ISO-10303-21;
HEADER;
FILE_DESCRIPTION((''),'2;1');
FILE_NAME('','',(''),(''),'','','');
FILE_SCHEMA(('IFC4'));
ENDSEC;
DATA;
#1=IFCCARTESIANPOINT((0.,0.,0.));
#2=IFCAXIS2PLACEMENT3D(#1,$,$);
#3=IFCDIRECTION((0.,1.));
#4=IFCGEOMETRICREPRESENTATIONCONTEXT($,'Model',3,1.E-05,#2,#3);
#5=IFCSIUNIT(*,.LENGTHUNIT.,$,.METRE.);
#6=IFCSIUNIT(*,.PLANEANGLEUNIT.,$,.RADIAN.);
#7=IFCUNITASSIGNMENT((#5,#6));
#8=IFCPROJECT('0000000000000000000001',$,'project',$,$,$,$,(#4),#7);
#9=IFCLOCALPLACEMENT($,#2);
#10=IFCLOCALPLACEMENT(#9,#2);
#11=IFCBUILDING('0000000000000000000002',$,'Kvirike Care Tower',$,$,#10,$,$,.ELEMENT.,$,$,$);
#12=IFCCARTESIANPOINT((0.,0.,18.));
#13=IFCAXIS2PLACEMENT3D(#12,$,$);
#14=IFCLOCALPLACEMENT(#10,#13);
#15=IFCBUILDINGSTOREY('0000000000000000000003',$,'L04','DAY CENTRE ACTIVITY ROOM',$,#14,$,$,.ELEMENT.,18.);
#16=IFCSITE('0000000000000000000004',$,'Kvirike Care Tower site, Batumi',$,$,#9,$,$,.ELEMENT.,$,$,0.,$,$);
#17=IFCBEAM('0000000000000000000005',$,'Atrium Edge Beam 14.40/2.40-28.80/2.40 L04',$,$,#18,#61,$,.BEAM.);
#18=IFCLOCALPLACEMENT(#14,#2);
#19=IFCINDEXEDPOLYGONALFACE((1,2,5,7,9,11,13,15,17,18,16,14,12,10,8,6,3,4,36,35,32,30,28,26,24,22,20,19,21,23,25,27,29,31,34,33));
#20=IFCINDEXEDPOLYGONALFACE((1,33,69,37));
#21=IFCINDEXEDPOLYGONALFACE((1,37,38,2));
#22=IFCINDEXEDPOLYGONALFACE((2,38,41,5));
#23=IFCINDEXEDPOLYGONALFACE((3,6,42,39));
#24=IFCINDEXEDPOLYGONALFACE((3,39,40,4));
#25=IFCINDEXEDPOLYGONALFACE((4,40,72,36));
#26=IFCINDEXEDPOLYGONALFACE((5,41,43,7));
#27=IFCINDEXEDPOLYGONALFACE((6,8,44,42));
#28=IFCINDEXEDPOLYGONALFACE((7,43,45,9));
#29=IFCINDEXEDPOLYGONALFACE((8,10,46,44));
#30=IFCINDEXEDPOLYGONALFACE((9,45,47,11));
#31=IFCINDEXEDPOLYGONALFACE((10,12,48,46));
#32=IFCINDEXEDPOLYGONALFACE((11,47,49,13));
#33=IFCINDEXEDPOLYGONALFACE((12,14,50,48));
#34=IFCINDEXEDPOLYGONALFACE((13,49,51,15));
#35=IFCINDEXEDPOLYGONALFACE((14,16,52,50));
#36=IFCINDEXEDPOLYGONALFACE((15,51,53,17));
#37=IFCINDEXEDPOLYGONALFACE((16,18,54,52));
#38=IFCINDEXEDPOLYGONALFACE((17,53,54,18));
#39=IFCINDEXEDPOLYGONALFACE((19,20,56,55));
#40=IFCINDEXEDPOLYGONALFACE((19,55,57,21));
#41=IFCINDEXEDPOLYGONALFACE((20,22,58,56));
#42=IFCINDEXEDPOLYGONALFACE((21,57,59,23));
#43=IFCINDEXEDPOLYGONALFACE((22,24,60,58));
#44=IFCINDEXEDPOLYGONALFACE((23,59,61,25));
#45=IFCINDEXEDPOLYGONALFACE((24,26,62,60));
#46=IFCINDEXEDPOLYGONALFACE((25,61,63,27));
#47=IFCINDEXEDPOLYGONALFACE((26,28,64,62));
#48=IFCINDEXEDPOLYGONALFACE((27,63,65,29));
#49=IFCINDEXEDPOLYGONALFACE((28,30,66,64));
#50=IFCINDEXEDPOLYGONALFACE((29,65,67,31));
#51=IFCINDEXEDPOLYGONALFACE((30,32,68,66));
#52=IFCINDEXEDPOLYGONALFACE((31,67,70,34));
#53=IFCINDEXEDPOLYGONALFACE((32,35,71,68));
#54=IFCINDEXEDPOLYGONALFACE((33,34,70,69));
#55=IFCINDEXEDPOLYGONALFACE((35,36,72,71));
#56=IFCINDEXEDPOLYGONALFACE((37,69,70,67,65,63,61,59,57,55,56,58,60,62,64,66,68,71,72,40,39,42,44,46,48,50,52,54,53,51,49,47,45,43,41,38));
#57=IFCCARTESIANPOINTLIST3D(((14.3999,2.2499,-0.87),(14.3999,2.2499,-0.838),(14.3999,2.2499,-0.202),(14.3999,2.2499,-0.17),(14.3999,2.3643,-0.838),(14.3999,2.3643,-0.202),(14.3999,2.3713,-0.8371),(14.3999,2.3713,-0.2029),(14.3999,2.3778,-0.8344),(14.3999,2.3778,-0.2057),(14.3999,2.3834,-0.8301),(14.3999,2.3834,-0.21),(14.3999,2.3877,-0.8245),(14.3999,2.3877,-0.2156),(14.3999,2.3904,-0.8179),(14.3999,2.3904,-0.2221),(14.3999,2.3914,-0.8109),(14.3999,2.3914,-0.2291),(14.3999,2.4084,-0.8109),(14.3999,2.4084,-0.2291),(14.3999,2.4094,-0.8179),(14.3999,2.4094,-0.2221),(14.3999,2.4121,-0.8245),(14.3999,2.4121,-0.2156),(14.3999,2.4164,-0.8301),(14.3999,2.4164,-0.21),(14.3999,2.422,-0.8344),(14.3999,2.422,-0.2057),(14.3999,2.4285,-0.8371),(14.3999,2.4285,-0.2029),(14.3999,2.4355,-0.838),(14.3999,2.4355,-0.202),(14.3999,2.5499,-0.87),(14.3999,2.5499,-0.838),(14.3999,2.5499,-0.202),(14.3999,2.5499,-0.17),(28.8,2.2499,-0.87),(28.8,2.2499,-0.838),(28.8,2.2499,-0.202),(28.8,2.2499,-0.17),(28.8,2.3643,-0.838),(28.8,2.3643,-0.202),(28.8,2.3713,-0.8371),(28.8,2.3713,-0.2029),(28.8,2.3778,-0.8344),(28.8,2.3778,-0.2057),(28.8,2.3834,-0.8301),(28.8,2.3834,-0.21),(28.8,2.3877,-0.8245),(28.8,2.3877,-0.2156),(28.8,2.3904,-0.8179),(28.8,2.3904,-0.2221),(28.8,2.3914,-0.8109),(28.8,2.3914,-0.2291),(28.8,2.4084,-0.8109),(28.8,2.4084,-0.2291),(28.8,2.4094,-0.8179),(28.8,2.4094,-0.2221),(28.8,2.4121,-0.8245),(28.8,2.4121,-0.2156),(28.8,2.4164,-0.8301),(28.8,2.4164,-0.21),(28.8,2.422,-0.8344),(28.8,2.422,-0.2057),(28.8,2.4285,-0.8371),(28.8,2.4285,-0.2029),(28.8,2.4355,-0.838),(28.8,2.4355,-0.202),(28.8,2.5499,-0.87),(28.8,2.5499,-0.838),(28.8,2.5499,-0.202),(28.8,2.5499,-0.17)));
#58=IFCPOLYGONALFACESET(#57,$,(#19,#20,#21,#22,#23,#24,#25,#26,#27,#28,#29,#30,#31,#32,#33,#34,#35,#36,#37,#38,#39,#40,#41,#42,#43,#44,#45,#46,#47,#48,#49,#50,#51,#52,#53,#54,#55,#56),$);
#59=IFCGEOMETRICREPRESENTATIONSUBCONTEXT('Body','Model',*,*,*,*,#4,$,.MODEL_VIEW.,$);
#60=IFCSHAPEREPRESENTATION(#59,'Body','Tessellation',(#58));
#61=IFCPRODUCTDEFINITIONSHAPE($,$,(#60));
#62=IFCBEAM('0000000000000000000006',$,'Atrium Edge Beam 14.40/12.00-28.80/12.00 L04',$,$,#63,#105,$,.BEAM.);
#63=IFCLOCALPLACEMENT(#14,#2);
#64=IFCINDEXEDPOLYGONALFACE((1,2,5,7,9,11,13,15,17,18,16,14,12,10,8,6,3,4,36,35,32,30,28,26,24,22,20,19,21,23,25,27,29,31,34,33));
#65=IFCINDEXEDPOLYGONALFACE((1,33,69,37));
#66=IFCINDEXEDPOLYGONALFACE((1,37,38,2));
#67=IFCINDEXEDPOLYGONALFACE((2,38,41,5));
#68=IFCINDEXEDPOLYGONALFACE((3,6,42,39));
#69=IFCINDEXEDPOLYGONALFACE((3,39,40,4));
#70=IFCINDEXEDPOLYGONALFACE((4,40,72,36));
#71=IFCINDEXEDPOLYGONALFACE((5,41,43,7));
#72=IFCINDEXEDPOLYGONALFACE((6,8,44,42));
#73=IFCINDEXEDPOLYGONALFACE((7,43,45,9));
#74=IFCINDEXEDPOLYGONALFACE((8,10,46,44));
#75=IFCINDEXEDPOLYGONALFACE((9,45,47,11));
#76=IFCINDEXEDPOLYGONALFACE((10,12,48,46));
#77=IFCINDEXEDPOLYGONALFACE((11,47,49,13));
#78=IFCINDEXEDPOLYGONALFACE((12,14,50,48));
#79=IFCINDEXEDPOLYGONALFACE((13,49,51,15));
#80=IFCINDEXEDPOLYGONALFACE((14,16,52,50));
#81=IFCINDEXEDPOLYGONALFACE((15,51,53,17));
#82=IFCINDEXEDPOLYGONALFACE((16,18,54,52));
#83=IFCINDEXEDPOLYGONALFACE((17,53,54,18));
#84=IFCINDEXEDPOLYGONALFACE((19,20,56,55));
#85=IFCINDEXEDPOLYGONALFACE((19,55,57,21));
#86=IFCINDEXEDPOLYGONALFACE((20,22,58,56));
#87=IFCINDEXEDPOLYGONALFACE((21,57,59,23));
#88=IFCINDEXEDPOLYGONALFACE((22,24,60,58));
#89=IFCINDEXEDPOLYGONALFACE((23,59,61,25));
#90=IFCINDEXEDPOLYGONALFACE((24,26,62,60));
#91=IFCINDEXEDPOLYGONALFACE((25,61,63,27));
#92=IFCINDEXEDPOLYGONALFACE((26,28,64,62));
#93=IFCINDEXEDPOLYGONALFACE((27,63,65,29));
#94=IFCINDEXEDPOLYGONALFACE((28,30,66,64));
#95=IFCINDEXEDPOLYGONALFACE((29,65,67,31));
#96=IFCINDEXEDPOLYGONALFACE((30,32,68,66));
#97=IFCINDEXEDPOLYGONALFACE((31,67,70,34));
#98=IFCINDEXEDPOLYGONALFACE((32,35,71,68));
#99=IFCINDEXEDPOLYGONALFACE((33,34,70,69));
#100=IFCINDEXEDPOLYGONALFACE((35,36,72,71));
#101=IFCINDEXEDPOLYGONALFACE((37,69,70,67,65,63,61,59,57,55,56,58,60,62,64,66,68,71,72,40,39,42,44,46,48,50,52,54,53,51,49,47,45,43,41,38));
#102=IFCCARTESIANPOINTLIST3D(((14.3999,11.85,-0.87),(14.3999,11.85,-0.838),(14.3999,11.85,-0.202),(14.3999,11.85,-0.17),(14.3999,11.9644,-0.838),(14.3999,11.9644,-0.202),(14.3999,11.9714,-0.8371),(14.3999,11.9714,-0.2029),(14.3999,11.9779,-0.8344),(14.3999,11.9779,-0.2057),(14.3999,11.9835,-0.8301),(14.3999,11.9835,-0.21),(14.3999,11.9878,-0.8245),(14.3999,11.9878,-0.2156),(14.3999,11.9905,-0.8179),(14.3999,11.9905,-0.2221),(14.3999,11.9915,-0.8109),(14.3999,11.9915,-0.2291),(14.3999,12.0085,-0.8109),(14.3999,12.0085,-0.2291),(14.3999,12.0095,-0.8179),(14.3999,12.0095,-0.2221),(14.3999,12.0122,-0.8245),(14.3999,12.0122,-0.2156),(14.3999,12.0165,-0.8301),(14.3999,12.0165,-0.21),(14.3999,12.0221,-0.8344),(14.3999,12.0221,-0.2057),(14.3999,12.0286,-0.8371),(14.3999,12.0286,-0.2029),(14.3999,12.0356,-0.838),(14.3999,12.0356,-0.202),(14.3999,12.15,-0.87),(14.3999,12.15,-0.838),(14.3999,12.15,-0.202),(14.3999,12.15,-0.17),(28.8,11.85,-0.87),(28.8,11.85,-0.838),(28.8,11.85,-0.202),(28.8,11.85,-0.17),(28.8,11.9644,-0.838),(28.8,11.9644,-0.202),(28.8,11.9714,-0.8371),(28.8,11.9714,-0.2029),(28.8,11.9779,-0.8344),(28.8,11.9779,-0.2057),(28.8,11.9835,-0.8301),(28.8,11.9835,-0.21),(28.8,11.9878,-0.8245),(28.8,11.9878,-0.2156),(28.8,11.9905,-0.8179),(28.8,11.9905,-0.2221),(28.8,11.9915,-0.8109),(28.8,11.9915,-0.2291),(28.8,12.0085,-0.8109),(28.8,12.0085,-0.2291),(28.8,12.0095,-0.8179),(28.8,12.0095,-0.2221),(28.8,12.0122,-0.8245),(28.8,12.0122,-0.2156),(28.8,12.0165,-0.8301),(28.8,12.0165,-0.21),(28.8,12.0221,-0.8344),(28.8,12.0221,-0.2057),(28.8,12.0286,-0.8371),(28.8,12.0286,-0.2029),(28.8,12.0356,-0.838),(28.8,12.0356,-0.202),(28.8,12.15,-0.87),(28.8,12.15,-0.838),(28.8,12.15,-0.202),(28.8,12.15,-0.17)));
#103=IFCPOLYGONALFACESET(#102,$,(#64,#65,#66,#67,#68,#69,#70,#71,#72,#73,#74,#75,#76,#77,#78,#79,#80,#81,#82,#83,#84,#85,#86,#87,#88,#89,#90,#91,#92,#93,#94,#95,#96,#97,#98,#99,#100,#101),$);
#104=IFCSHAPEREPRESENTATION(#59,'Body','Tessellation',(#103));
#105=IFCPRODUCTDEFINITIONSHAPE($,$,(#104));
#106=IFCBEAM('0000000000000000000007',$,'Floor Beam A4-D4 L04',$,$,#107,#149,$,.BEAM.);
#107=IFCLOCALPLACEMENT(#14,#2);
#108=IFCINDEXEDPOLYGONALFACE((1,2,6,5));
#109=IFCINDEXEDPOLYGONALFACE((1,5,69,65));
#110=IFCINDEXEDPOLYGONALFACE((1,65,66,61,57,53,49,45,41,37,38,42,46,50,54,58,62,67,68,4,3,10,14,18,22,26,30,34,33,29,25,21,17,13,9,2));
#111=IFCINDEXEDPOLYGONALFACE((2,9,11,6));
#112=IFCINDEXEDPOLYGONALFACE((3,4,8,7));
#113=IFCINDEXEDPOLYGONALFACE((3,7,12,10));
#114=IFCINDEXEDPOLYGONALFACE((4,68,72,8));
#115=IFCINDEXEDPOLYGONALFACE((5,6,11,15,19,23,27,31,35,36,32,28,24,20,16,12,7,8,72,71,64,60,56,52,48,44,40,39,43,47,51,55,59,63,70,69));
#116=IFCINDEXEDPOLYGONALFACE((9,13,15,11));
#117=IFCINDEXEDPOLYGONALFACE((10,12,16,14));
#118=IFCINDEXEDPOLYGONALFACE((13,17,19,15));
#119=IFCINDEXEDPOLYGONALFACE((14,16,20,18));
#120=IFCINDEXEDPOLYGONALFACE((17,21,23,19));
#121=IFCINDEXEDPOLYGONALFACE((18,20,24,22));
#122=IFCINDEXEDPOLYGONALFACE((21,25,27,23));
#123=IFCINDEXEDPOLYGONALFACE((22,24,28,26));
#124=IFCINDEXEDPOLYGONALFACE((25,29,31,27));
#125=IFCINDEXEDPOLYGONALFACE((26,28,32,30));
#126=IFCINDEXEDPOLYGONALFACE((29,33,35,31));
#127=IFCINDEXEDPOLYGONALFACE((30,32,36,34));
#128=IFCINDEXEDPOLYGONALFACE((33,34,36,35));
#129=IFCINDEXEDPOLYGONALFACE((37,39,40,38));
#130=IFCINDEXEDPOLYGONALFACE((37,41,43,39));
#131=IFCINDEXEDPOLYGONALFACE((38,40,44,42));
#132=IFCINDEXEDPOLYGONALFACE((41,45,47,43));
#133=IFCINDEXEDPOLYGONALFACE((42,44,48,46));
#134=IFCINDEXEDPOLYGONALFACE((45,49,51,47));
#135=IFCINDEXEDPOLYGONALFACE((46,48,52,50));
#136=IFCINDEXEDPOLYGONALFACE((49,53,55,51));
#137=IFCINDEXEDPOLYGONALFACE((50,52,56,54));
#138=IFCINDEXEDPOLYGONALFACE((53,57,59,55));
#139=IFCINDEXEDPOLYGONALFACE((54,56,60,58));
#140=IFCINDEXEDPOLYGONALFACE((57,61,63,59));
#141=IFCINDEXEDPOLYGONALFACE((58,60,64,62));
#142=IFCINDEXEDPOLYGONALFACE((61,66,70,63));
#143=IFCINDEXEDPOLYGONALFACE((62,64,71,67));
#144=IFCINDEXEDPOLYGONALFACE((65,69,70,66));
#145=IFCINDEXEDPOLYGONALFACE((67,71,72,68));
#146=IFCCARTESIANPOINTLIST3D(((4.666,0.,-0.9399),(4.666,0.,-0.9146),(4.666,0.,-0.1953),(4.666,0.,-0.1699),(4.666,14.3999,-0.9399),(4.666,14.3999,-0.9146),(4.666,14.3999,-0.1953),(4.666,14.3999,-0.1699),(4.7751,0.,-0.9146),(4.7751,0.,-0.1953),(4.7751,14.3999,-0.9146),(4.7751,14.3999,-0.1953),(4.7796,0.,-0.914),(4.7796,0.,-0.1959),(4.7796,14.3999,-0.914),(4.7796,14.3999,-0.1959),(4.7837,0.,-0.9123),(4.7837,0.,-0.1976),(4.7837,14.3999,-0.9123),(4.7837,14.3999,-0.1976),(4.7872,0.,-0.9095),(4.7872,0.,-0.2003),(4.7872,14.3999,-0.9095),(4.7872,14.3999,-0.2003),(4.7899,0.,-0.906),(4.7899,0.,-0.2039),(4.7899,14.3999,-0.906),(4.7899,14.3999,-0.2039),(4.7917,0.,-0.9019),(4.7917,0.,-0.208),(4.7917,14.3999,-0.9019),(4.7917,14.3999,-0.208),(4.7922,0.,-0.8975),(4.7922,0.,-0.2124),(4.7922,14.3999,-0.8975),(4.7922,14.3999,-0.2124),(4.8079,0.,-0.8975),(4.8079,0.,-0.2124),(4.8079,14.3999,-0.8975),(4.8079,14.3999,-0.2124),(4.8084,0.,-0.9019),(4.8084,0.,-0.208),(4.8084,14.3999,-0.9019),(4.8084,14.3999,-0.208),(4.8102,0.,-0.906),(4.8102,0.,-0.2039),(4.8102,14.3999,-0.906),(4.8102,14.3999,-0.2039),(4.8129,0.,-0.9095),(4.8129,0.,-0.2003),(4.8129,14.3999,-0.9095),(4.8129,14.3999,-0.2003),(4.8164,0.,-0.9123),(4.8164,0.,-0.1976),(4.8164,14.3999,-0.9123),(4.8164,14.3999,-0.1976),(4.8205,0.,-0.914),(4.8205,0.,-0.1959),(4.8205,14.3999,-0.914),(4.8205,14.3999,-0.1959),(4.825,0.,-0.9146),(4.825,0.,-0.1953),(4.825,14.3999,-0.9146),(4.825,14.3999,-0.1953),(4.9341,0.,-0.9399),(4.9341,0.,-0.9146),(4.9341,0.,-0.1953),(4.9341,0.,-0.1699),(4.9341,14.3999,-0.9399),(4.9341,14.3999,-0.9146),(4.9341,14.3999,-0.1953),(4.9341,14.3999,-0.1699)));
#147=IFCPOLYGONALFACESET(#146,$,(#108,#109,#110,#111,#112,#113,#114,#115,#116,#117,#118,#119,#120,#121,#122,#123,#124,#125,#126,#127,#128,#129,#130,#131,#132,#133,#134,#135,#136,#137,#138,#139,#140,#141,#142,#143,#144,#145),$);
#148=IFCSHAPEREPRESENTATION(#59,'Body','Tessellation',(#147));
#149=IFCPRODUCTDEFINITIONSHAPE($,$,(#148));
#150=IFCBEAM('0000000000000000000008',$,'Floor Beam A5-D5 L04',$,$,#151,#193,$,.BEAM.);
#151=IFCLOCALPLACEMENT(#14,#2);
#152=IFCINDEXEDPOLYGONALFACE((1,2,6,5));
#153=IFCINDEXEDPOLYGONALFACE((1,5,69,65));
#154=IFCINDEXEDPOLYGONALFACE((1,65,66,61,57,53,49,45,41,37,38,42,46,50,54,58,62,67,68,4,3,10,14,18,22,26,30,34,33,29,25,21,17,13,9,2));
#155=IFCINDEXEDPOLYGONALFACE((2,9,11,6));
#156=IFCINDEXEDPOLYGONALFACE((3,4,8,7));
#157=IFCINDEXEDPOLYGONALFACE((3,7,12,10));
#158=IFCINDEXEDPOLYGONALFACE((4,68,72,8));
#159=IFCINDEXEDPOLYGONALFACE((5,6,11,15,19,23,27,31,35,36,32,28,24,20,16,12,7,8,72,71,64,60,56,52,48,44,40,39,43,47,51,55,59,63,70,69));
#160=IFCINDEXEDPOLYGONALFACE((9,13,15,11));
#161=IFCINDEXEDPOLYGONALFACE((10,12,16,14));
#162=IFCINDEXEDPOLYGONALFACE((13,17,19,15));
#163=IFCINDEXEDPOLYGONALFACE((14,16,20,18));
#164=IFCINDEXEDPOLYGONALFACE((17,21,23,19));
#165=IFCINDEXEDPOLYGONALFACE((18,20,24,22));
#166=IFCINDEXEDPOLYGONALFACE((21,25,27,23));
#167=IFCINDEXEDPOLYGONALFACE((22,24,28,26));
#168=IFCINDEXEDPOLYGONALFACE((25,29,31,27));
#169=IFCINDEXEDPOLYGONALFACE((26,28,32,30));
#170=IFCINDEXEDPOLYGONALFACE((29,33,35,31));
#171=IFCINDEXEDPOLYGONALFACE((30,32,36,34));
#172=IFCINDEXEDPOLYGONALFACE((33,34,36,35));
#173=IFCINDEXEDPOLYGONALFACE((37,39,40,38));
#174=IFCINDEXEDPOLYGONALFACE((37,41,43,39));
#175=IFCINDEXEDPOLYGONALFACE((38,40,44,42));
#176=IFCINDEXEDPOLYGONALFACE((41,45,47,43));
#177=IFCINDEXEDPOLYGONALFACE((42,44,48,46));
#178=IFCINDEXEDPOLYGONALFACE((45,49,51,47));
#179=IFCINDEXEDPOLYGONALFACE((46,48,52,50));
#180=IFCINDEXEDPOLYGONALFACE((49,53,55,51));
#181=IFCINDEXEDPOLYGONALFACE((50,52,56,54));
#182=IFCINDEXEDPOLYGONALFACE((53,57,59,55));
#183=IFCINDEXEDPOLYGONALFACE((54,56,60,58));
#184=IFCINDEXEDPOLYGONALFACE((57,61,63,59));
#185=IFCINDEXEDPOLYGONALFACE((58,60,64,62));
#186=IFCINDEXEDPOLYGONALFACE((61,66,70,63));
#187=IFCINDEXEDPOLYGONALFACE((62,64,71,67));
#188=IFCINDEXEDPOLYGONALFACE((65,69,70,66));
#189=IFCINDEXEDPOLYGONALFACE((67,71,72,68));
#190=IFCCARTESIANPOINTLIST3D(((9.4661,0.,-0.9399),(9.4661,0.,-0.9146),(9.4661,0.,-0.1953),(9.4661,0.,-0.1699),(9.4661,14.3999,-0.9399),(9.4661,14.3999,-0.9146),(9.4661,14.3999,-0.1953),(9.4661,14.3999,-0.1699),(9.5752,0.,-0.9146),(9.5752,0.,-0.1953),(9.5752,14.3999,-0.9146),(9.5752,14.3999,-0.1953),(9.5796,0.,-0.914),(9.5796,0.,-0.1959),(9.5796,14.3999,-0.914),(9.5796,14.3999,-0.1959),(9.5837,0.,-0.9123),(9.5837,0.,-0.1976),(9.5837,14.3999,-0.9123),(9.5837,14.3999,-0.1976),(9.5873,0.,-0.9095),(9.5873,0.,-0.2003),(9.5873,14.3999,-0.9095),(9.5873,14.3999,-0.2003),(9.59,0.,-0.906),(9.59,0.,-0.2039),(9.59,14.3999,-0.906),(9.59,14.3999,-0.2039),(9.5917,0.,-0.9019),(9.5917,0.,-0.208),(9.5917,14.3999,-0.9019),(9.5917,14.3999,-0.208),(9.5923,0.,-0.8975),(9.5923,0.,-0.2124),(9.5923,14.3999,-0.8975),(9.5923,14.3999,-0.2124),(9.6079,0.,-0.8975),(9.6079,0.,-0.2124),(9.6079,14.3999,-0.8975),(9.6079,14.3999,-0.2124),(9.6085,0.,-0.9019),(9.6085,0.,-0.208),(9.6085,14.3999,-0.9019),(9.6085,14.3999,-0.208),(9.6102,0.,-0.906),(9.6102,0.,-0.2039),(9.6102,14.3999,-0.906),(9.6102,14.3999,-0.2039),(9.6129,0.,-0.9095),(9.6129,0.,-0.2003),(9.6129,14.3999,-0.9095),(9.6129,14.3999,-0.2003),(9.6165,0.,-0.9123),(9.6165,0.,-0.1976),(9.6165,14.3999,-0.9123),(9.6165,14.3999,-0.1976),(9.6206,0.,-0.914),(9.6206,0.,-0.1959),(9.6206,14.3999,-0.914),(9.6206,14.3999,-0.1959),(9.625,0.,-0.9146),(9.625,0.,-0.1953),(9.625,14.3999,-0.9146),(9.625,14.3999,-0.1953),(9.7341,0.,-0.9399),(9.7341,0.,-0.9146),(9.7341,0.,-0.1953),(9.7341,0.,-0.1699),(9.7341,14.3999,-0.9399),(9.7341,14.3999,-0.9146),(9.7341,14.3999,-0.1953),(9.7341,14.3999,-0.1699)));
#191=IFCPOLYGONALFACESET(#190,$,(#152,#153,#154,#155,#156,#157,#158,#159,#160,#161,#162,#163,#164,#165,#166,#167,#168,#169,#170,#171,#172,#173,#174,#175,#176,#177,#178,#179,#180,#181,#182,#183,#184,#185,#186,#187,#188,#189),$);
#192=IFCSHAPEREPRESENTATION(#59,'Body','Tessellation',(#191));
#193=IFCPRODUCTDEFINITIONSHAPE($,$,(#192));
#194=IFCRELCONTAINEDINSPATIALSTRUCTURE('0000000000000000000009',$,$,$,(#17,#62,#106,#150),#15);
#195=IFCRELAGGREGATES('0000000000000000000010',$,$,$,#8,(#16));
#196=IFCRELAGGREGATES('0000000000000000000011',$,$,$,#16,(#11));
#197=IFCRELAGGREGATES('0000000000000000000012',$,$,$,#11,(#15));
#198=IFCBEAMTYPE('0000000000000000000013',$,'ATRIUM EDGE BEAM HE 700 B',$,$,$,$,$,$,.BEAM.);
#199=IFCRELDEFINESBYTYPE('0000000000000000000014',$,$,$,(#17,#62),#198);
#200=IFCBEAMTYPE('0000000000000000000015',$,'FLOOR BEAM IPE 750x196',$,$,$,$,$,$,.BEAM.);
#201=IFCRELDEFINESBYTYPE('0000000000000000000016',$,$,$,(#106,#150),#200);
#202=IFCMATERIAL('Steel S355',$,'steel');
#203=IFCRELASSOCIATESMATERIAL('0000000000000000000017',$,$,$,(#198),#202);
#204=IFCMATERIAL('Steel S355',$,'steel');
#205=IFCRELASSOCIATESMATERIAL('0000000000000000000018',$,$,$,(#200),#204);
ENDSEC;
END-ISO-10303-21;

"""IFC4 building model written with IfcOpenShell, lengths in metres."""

from ifc_helpers import new_model, si_unit, direction, frame, origin, origin_2d, place, context, subcontext, project, spatial, i_section, extrude, material, material_profile, profile_set, type_object, element, save


model = new_model("IFC4")

# Units and contexts
model_context = context("Model", 3, precision=1e-05, world=origin(), true_north=direction((0.0, 1.0)))
body_context = subcontext(model_context, "Body", "Model", "MODEL_VIEW")
ifc_project = project(units=[si_unit("LENGTHUNIT", "METRE"), si_unit("PLANEANGLEUNIT", "RADIAN")], contexts=[model_context])

# Site, building, storey
site_placement = place(None, origin())
site = spatial("IfcSite", under=ifc_project, at=site_placement, Name="Kvirike Care Tower site, Batumi", CompositionType="ELEMENT", RefElevation=0.0)
building_placement = place(site_placement, origin())
building = spatial("IfcBuilding", under=site, at=building_placement, Name="Kvirike Care Tower", CompositionType="ELEMENT")
storey_placement = place(building_placement, frame((0.0, 0.0, 18.0)))
storey = spatial("IfcBuildingStorey", under=building, at=storey_placement, Name="L04", Description="DAY CENTRE ACTIVITY ROOM", CompositionType="ELEMENT", Elevation=18.0)

# Beams
ifc_material_1 = material(Name="Steel S355", Category="steel")
ifc_material_profile_1 = material_profile(ifc_material_1, i_section(OverallWidth=0.3, OverallDepth=0.7, WebThickness=0.0171, FlangeThickness=0.032, FilletRadius=0.0271, at=origin_2d()), Name="HE 700 B")
ifc_profile_set_1 = profile_set([ifc_material_profile_1], Name="Steel S355")
beam_type_1 = type_object("IfcBeamType", Name="ATRIUM EDGE BEAM HE 700 B", PredefinedType="BEAM", material=ifc_profile_set_1)
for number, where, z_axis, x_axis, name in (
    (1, (14.3999, 2.3999, -0.52), (1.0, 0.0, 0.0), (0.0, 1.0, 0.0), "Atrium Edge Beam 14.40/2.40-28.80/2.40 L04"),
    (2, (14.3999, 12.0, -0.52), (1.0, 0.0, 0.0), (0.0, 1.0, 0.0), "Atrium Edge Beam 14.40/12.00-28.80/12.00 L04"),
):
    element("IfcBeam", number, at=place(storey_placement, frame(where, z_axis=z_axis, x_axis=x_axis)), inside=storey, type_object=beam_type_1, Name=name, PredefinedType="BEAM", context=body_context, shape_type="SweptSolid", body=[
        extrude(i_section(OverallWidth=0.3, OverallDepth=0.7, WebThickness=0.0171, FlangeThickness=0.032, FilletRadius=0.0271, at=origin_2d()), origin(), (0.0, 0.0, 1.0), 14.4001),
    ])
ifc_material_2 = material(Name="Steel S355", Category="steel")
ifc_material_profile_2 = material_profile(ifc_material_2, i_section(OverallWidth=0.2681, OverallDepth=0.77, WebThickness=0.0156, FlangeThickness=0.0254, FilletRadius=0.0171, at=origin_2d()), Name="IPE 750x196")
ifc_profile_set_2 = profile_set([ifc_material_profile_2], Name="Steel S355")
beam_type_2 = type_object("IfcBeamType", Name="FLOOR BEAM IPE 750x196", PredefinedType="BEAM", material=ifc_profile_set_2)
for number, where, z_axis, x_axis, name in (
    (3, (4.8, 0.0, -0.5549), (0.0, 1.0, 0.0), (-1.0, 0.0, 0.0), "Floor Beam A4-D4 L04"),
    (4, (9.6001, 0.0, -0.5549), (0.0, 1.0, 0.0), (-1.0, 0.0, 0.0), "Floor Beam A5-D5 L04"),
):
    element("IfcBeam", number, at=place(storey_placement, frame(where, z_axis=z_axis, x_axis=x_axis)), inside=storey, type_object=beam_type_2, Name=name, PredefinedType="BEAM", context=body_context, shape_type="SweptSolid", body=[
        extrude(i_section(OverallWidth=0.2681, OverallDepth=0.77, WebThickness=0.0156, FlangeThickness=0.0254, FilletRadius=0.0171, at=origin_2d()), origin(), (0.0, 0.0, 1.0), 14.3999),
    ])

save(model, "model.ifc")
